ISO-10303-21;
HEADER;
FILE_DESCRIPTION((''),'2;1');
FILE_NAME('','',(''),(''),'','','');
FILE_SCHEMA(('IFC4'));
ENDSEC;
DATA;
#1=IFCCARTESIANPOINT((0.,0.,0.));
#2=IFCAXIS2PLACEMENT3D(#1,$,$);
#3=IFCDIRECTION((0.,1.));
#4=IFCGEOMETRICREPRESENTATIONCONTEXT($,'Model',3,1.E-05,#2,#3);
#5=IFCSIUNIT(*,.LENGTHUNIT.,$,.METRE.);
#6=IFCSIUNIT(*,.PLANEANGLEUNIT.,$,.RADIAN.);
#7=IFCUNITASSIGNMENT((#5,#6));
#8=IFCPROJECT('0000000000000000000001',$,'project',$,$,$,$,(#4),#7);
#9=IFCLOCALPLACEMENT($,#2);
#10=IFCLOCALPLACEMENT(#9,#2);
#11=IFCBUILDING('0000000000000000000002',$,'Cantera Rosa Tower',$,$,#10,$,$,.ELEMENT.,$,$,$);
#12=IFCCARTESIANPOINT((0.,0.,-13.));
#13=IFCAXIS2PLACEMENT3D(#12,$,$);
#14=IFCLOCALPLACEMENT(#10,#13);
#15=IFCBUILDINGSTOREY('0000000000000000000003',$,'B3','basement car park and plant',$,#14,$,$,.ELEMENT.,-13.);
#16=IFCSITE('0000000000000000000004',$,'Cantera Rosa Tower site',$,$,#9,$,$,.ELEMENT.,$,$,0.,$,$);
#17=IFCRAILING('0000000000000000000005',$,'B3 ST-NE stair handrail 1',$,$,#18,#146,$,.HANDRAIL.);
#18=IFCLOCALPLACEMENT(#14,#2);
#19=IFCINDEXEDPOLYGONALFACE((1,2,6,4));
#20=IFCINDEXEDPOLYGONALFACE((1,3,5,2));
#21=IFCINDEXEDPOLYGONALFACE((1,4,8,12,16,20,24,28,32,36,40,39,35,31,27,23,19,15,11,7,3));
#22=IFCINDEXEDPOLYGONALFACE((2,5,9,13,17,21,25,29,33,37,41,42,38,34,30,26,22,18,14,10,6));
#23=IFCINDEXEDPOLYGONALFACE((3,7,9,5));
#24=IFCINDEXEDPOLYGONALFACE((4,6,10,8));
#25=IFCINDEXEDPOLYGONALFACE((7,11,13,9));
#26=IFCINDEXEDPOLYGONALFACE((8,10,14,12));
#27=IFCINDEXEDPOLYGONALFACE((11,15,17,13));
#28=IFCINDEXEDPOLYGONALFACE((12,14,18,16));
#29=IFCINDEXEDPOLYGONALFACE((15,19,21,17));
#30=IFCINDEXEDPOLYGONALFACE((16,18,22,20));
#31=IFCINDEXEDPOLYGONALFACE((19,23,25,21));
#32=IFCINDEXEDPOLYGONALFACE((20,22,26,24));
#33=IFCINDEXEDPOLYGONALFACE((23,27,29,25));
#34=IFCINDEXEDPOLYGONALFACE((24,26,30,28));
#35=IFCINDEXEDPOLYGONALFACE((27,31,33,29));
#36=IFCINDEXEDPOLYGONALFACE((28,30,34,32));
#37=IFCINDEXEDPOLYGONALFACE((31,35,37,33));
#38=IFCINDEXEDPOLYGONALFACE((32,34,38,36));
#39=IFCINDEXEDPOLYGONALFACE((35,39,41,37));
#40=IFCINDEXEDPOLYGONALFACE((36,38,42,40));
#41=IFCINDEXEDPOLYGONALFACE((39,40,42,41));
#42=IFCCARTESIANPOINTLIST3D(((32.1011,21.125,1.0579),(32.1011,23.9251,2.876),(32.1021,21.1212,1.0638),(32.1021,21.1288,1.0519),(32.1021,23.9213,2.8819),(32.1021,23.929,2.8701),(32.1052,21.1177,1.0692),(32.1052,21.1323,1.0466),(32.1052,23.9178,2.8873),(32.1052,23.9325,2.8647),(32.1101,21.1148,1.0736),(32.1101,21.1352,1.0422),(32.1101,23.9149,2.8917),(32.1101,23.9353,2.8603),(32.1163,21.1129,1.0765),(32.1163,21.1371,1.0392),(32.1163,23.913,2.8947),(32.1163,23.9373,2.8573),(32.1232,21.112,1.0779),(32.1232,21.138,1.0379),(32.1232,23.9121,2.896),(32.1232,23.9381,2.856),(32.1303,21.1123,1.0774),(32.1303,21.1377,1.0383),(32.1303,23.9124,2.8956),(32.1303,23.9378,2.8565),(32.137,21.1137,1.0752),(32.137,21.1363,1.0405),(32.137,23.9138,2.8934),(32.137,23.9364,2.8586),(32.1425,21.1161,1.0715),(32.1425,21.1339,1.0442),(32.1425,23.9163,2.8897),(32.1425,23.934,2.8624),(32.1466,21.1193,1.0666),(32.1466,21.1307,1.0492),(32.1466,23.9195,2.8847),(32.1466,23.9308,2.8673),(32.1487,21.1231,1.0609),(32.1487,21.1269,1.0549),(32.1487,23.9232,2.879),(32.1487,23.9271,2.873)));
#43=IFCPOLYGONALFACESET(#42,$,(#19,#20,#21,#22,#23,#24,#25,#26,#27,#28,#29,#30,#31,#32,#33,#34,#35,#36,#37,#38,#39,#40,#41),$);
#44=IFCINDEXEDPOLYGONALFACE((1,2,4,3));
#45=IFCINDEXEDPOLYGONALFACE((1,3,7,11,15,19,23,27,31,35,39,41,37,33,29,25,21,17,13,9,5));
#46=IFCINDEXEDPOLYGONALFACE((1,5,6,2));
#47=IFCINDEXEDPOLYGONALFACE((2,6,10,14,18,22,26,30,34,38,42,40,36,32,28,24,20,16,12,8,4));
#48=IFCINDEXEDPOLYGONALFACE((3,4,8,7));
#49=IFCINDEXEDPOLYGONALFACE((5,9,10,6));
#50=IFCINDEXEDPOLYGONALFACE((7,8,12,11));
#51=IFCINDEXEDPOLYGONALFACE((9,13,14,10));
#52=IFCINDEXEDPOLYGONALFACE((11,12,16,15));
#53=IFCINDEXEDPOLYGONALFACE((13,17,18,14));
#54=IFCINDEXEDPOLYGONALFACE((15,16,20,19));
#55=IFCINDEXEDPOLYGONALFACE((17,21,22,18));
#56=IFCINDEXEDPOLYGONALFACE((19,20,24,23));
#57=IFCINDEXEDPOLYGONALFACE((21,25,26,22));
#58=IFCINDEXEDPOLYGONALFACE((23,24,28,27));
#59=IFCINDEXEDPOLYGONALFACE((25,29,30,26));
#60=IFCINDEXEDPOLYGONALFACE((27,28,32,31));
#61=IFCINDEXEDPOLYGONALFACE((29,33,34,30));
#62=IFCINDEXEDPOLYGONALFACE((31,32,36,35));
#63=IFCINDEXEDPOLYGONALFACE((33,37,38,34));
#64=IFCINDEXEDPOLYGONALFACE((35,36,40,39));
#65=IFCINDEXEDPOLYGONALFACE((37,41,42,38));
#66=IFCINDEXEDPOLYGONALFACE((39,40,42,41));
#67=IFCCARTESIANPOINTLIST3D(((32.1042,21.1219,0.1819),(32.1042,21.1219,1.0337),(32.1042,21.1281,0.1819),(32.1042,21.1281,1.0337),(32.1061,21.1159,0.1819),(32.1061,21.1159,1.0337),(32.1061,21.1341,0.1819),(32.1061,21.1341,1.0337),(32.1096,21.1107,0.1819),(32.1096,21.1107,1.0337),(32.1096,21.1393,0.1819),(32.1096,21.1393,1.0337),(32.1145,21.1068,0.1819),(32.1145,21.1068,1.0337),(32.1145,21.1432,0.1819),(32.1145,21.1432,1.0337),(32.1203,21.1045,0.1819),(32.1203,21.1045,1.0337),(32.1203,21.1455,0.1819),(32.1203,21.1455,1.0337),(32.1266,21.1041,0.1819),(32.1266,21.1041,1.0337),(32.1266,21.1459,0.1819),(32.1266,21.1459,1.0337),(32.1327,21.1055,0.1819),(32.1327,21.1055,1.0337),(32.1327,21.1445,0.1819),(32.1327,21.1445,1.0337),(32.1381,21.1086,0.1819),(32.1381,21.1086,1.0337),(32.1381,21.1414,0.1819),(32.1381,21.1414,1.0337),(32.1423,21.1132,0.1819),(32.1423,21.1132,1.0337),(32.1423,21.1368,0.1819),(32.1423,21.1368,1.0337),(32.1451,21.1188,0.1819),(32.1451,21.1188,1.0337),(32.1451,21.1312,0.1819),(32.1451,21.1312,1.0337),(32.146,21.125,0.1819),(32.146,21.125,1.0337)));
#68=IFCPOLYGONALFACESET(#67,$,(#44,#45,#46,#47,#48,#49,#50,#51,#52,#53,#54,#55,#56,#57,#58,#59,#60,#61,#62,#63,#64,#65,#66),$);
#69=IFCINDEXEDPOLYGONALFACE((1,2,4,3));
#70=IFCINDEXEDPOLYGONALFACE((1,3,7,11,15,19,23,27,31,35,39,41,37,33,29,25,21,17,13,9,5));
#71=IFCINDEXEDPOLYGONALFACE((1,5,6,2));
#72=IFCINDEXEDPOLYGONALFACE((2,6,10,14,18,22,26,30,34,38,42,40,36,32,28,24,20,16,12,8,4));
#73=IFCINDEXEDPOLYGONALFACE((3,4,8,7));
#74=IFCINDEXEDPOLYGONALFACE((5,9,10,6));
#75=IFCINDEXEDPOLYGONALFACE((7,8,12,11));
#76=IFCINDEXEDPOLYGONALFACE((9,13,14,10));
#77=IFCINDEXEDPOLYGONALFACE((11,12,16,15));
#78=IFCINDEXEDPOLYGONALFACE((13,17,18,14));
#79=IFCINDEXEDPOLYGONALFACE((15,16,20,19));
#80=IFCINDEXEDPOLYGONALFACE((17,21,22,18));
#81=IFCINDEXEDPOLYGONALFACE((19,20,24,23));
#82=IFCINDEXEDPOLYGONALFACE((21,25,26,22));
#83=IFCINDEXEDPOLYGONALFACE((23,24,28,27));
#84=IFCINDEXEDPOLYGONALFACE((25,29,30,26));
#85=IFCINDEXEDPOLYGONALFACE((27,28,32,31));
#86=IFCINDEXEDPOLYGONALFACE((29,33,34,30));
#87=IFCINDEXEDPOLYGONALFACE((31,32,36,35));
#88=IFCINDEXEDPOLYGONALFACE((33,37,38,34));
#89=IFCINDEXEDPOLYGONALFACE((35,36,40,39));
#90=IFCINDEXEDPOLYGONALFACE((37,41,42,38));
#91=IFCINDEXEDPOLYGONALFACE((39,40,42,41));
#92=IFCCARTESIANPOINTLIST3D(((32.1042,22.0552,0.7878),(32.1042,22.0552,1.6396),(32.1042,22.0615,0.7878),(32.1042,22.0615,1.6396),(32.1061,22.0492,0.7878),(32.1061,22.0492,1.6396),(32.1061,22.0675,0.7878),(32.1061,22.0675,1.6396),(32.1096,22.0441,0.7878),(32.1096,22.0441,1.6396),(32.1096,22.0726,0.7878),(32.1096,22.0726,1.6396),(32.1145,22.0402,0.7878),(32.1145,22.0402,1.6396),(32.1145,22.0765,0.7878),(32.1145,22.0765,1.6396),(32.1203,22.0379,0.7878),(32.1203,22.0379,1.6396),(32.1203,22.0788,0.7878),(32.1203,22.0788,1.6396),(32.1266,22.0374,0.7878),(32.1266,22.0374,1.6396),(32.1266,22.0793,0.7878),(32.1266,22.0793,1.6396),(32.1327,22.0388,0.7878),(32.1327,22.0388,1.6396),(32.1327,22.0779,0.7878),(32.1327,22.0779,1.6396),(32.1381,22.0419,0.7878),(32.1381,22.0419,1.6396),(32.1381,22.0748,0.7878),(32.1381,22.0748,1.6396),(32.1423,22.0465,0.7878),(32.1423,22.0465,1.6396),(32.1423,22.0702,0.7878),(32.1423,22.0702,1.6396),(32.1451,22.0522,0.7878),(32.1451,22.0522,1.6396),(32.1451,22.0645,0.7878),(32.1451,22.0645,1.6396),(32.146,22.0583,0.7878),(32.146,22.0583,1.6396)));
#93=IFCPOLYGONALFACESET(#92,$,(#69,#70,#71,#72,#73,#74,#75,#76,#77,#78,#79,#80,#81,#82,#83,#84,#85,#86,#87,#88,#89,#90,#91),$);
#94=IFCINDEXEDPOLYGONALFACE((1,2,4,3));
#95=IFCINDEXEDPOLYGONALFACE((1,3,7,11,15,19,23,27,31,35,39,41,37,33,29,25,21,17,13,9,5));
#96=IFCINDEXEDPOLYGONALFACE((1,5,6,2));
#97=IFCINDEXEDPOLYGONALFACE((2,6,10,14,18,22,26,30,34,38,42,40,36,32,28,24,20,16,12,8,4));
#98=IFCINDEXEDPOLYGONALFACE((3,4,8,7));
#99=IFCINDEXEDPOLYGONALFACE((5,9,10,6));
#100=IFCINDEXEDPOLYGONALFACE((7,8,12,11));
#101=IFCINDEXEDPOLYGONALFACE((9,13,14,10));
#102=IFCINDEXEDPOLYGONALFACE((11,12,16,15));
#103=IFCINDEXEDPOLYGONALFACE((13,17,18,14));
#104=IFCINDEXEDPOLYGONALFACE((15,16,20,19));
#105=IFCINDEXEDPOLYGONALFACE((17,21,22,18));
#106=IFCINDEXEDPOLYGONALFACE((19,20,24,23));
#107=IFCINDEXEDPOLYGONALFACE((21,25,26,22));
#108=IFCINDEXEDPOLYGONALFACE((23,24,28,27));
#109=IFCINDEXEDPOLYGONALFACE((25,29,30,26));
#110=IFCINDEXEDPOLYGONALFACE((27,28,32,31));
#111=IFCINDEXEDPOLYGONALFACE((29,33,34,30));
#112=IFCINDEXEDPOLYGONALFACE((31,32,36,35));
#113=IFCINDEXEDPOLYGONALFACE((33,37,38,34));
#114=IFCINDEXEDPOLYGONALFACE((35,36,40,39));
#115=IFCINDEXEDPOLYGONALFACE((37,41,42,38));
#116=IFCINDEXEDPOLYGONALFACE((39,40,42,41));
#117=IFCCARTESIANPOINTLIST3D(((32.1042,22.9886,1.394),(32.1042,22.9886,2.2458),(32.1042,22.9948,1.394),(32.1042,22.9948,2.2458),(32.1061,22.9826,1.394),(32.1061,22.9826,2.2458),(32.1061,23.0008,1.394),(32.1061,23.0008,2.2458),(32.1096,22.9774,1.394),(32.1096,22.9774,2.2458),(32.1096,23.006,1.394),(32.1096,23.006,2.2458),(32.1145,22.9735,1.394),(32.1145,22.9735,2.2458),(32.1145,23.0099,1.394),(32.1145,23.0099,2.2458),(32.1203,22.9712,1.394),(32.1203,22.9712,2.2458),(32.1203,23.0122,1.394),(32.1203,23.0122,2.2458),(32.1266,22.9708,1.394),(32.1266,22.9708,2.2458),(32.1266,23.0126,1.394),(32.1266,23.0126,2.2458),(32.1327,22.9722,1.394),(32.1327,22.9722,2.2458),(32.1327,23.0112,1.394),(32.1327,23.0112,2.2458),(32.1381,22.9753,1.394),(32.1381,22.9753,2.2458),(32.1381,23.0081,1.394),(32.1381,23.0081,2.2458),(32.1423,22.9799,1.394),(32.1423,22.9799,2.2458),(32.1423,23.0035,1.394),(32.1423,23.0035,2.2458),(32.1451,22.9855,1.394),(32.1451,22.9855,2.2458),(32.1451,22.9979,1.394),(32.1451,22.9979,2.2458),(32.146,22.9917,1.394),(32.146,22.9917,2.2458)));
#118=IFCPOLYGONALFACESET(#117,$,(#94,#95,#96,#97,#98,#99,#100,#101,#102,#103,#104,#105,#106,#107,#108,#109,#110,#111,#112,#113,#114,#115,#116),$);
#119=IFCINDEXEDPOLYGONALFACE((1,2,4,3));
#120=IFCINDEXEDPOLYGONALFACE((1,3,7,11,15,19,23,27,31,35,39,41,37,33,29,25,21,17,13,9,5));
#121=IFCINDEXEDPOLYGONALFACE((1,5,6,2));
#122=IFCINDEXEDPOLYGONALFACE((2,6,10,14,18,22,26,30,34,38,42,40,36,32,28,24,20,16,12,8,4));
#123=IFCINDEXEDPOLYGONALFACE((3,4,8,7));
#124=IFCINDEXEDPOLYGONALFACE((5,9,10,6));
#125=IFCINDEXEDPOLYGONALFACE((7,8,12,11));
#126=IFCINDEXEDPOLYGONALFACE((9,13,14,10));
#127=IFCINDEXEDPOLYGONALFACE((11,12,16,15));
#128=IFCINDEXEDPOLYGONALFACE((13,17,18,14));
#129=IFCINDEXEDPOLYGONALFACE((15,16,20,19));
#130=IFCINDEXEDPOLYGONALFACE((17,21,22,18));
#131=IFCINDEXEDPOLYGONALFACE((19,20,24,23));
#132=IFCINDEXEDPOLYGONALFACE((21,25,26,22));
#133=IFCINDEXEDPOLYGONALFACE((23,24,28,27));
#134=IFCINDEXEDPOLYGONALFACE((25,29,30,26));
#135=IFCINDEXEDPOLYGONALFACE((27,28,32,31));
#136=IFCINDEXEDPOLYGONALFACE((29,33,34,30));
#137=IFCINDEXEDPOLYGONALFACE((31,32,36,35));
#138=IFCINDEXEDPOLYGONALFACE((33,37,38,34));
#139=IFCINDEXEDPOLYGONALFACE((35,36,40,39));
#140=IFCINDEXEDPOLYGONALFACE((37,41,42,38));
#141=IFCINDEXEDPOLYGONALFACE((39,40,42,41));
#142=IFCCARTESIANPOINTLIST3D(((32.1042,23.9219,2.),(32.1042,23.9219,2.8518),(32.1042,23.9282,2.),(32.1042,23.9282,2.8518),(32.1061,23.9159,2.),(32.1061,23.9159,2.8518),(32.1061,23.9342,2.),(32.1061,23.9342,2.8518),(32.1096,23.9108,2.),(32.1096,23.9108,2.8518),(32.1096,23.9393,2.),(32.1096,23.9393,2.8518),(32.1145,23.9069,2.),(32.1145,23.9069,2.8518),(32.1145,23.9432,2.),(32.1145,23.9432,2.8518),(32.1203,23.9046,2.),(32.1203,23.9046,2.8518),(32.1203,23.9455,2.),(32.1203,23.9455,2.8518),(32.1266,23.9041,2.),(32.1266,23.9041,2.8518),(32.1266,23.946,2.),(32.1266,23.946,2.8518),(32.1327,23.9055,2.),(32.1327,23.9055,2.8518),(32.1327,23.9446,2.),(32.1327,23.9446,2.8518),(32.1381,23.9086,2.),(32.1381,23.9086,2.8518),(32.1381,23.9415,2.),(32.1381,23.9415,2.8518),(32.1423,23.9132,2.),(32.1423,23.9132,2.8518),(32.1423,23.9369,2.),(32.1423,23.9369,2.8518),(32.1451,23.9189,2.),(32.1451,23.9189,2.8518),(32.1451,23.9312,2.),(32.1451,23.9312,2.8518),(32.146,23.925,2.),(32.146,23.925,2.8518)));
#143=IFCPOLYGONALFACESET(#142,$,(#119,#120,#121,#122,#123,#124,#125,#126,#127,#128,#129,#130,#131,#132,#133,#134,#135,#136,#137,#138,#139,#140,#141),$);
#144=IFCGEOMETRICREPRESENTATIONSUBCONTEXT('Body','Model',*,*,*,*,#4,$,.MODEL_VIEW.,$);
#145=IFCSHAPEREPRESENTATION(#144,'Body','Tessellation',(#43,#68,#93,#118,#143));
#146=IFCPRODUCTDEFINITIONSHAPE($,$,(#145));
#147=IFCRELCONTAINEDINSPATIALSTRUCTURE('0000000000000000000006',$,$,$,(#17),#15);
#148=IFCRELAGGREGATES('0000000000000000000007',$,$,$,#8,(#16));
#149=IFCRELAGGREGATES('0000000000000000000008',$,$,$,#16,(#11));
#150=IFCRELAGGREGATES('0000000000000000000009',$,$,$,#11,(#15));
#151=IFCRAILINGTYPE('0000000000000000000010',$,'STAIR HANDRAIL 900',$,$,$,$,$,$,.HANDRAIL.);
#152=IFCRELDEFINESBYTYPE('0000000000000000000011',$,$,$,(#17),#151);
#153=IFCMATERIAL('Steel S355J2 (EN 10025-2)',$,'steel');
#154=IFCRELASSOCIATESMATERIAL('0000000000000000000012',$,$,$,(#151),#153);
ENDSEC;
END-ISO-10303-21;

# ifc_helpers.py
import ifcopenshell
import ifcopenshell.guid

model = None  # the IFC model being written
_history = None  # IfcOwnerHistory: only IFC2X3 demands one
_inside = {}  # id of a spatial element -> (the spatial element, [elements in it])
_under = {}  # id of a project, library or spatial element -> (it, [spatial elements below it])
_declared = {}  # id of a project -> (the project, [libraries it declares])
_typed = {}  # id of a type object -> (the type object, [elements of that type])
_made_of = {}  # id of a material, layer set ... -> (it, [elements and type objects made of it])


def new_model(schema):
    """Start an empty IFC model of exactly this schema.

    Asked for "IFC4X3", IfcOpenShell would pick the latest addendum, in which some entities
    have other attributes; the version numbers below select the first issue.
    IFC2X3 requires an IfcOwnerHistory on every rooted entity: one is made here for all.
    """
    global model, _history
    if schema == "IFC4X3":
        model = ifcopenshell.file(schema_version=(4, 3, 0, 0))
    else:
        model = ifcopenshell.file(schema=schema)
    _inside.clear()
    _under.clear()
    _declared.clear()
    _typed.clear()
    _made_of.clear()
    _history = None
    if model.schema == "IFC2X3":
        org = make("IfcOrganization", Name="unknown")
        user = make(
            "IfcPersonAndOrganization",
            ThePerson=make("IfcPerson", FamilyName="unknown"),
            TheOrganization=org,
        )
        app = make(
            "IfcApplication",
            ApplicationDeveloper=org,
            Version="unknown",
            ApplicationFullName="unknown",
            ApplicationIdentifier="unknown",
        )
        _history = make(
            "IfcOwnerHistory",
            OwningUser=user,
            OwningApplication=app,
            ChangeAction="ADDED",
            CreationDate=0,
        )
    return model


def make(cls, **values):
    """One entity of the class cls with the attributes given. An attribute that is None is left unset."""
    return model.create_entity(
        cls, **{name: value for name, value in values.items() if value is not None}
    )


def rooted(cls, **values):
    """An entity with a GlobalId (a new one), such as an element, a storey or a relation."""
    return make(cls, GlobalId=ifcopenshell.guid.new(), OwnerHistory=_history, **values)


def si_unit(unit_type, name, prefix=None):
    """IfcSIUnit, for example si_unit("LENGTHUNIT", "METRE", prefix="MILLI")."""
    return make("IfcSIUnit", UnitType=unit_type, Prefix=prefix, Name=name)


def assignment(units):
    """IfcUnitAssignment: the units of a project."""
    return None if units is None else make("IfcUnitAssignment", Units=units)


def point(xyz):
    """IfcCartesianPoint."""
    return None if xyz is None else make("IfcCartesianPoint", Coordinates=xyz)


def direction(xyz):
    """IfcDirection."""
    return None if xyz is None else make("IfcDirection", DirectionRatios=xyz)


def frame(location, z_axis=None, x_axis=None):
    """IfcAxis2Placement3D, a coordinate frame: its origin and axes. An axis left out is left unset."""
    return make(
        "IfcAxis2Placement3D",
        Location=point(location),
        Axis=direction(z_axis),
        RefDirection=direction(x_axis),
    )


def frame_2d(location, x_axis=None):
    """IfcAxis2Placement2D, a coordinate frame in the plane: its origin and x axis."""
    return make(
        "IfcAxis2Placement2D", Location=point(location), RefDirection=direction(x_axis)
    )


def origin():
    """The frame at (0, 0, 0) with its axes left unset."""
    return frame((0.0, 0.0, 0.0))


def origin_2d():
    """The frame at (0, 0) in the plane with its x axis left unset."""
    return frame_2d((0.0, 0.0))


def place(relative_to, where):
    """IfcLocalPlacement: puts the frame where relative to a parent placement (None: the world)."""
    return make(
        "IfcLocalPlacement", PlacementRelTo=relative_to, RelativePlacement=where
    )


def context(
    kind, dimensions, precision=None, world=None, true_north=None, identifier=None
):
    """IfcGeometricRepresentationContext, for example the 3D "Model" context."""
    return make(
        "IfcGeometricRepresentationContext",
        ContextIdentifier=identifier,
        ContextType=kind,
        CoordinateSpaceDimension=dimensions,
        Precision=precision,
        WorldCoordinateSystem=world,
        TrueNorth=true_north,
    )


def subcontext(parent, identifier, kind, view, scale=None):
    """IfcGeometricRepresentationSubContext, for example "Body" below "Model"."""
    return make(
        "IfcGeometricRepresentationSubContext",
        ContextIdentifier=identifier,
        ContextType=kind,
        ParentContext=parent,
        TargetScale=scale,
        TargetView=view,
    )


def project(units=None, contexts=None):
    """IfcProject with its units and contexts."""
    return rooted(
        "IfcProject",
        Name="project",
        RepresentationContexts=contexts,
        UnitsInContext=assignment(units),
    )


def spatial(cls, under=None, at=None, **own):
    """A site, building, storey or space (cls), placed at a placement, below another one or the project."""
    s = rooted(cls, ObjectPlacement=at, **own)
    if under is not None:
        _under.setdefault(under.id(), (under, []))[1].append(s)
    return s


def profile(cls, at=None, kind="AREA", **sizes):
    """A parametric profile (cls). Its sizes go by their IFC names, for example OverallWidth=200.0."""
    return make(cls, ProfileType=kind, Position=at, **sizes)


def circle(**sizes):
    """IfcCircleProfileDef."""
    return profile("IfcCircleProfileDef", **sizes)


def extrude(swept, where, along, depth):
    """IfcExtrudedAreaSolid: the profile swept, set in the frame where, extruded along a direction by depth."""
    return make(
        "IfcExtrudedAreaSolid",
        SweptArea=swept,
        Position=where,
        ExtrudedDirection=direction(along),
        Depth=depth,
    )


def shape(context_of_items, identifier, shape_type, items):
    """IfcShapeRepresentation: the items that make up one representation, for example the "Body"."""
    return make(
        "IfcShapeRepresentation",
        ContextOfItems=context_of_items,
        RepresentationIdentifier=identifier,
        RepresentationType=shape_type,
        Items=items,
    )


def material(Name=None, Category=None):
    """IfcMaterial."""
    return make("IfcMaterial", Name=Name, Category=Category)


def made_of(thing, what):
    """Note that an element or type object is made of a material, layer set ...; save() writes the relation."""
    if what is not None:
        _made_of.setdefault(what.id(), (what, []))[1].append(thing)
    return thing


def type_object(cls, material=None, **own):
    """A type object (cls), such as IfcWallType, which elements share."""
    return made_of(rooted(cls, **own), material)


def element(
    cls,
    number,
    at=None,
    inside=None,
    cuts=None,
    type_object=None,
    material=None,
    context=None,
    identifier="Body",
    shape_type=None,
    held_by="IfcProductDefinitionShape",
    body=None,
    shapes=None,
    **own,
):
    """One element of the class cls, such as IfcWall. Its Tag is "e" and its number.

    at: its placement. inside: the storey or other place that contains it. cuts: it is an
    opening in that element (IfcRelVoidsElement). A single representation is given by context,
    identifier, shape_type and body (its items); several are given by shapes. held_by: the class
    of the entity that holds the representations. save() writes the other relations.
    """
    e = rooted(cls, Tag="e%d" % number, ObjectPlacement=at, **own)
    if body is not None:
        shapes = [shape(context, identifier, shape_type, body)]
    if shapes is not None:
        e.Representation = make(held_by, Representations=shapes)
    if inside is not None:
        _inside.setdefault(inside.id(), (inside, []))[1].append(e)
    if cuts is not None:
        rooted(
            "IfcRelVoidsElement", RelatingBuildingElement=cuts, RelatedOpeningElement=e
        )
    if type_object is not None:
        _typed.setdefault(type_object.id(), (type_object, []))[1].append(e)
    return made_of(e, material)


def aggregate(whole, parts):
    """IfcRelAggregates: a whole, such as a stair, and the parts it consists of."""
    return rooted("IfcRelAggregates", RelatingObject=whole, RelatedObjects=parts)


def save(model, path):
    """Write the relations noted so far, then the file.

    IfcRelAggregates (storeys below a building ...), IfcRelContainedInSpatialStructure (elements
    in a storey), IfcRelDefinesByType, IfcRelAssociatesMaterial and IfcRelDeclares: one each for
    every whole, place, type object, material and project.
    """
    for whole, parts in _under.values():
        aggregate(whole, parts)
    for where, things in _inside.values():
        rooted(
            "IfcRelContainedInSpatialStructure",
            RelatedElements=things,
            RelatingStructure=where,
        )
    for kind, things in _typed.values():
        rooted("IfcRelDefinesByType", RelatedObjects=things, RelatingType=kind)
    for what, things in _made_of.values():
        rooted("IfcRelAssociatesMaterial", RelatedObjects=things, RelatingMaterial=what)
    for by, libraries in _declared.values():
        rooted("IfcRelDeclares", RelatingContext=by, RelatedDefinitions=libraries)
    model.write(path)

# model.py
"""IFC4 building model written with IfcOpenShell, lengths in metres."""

from ifc_helpers import new_model, si_unit, direction, frame, origin, origin_2d, place, context, subcontext, project, spatial, circle, extrude, material, type_object, element, save


model = new_model("IFC4")

# Units and contexts
model_context = context("Model", 3, precision=1e-05, world=origin(), true_north=direction((0.0, 1.0)))
body_context = subcontext(model_context, "Body", "Model", "MODEL_VIEW")
ifc_project = project(units=[si_unit("LENGTHUNIT", "METRE"), si_unit("PLANEANGLEUNIT", "RADIAN")], contexts=[model_context])

# Site, building, storey
site_placement = place(None, origin())
site = spatial("IfcSite", under=ifc_project, at=site_placement, Name="Cantera Rosa Tower site", CompositionType="ELEMENT", RefElevation=0.0)
building_placement = place(site_placement, origin())
building = spatial("IfcBuilding", under=site, at=building_placement, Name="Cantera Rosa Tower", CompositionType="ELEMENT")
storey_placement = place(building_placement, frame((0.0, 0.0, -13.0)))
storey = spatial("IfcBuildingStorey", under=building, at=storey_placement, Name="B3", Description="basement car park and plant", CompositionType="ELEMENT", Elevation=-13.0)

# Railing
ifc_material_1 = material(Name="Steel S355J2 (EN 10025-2)", Category="steel")
railing_type_1 = type_object("IfcRailingType", Name="STAIR HANDRAIL 900", PredefinedType="HANDRAIL", material=ifc_material_1)
railing_1_placement = place(storey_placement, frame((32.125, 21.125, 0.1819)))
element("IfcRailing", 1, at=railing_1_placement, inside=storey, type_object=railing_type_1, Name="B3 ST-NE stair handrail 1", PredefinedType="HANDRAIL", context=body_context, shape_type="SweptSolid", body=[
    extrude(circle(Radius=0.0239, at=origin_2d()), frame((0.0, 0.0, 0.876), z_axis=(0.0, 0.838706, 0.544585), x_axis=(-1.0, 0.0, 0.0)), (0.0, 0.0, 1.0), 3.3386),
    extrude(circle(Radius=0.021, at=origin_2d()), origin(), (0.0, 0.0, 1.0), 0.8518),
    extrude(circle(Radius=0.021, at=origin_2d()), frame((0.0, 0.9333, 0.606)), (0.0, 0.0, 1.0), 0.8518),
    extrude(circle(Radius=0.021, at=origin_2d()), frame((0.0, 1.8667, 1.2122)), (0.0, 0.0, 1.0), 0.8518),
    extrude(circle(Radius=0.021, at=origin_2d()), frame((0.0, 2.8, 1.8181)), (0.0, 0.0, 1.0), 0.8518),
])

save(model, "model.ifc")
